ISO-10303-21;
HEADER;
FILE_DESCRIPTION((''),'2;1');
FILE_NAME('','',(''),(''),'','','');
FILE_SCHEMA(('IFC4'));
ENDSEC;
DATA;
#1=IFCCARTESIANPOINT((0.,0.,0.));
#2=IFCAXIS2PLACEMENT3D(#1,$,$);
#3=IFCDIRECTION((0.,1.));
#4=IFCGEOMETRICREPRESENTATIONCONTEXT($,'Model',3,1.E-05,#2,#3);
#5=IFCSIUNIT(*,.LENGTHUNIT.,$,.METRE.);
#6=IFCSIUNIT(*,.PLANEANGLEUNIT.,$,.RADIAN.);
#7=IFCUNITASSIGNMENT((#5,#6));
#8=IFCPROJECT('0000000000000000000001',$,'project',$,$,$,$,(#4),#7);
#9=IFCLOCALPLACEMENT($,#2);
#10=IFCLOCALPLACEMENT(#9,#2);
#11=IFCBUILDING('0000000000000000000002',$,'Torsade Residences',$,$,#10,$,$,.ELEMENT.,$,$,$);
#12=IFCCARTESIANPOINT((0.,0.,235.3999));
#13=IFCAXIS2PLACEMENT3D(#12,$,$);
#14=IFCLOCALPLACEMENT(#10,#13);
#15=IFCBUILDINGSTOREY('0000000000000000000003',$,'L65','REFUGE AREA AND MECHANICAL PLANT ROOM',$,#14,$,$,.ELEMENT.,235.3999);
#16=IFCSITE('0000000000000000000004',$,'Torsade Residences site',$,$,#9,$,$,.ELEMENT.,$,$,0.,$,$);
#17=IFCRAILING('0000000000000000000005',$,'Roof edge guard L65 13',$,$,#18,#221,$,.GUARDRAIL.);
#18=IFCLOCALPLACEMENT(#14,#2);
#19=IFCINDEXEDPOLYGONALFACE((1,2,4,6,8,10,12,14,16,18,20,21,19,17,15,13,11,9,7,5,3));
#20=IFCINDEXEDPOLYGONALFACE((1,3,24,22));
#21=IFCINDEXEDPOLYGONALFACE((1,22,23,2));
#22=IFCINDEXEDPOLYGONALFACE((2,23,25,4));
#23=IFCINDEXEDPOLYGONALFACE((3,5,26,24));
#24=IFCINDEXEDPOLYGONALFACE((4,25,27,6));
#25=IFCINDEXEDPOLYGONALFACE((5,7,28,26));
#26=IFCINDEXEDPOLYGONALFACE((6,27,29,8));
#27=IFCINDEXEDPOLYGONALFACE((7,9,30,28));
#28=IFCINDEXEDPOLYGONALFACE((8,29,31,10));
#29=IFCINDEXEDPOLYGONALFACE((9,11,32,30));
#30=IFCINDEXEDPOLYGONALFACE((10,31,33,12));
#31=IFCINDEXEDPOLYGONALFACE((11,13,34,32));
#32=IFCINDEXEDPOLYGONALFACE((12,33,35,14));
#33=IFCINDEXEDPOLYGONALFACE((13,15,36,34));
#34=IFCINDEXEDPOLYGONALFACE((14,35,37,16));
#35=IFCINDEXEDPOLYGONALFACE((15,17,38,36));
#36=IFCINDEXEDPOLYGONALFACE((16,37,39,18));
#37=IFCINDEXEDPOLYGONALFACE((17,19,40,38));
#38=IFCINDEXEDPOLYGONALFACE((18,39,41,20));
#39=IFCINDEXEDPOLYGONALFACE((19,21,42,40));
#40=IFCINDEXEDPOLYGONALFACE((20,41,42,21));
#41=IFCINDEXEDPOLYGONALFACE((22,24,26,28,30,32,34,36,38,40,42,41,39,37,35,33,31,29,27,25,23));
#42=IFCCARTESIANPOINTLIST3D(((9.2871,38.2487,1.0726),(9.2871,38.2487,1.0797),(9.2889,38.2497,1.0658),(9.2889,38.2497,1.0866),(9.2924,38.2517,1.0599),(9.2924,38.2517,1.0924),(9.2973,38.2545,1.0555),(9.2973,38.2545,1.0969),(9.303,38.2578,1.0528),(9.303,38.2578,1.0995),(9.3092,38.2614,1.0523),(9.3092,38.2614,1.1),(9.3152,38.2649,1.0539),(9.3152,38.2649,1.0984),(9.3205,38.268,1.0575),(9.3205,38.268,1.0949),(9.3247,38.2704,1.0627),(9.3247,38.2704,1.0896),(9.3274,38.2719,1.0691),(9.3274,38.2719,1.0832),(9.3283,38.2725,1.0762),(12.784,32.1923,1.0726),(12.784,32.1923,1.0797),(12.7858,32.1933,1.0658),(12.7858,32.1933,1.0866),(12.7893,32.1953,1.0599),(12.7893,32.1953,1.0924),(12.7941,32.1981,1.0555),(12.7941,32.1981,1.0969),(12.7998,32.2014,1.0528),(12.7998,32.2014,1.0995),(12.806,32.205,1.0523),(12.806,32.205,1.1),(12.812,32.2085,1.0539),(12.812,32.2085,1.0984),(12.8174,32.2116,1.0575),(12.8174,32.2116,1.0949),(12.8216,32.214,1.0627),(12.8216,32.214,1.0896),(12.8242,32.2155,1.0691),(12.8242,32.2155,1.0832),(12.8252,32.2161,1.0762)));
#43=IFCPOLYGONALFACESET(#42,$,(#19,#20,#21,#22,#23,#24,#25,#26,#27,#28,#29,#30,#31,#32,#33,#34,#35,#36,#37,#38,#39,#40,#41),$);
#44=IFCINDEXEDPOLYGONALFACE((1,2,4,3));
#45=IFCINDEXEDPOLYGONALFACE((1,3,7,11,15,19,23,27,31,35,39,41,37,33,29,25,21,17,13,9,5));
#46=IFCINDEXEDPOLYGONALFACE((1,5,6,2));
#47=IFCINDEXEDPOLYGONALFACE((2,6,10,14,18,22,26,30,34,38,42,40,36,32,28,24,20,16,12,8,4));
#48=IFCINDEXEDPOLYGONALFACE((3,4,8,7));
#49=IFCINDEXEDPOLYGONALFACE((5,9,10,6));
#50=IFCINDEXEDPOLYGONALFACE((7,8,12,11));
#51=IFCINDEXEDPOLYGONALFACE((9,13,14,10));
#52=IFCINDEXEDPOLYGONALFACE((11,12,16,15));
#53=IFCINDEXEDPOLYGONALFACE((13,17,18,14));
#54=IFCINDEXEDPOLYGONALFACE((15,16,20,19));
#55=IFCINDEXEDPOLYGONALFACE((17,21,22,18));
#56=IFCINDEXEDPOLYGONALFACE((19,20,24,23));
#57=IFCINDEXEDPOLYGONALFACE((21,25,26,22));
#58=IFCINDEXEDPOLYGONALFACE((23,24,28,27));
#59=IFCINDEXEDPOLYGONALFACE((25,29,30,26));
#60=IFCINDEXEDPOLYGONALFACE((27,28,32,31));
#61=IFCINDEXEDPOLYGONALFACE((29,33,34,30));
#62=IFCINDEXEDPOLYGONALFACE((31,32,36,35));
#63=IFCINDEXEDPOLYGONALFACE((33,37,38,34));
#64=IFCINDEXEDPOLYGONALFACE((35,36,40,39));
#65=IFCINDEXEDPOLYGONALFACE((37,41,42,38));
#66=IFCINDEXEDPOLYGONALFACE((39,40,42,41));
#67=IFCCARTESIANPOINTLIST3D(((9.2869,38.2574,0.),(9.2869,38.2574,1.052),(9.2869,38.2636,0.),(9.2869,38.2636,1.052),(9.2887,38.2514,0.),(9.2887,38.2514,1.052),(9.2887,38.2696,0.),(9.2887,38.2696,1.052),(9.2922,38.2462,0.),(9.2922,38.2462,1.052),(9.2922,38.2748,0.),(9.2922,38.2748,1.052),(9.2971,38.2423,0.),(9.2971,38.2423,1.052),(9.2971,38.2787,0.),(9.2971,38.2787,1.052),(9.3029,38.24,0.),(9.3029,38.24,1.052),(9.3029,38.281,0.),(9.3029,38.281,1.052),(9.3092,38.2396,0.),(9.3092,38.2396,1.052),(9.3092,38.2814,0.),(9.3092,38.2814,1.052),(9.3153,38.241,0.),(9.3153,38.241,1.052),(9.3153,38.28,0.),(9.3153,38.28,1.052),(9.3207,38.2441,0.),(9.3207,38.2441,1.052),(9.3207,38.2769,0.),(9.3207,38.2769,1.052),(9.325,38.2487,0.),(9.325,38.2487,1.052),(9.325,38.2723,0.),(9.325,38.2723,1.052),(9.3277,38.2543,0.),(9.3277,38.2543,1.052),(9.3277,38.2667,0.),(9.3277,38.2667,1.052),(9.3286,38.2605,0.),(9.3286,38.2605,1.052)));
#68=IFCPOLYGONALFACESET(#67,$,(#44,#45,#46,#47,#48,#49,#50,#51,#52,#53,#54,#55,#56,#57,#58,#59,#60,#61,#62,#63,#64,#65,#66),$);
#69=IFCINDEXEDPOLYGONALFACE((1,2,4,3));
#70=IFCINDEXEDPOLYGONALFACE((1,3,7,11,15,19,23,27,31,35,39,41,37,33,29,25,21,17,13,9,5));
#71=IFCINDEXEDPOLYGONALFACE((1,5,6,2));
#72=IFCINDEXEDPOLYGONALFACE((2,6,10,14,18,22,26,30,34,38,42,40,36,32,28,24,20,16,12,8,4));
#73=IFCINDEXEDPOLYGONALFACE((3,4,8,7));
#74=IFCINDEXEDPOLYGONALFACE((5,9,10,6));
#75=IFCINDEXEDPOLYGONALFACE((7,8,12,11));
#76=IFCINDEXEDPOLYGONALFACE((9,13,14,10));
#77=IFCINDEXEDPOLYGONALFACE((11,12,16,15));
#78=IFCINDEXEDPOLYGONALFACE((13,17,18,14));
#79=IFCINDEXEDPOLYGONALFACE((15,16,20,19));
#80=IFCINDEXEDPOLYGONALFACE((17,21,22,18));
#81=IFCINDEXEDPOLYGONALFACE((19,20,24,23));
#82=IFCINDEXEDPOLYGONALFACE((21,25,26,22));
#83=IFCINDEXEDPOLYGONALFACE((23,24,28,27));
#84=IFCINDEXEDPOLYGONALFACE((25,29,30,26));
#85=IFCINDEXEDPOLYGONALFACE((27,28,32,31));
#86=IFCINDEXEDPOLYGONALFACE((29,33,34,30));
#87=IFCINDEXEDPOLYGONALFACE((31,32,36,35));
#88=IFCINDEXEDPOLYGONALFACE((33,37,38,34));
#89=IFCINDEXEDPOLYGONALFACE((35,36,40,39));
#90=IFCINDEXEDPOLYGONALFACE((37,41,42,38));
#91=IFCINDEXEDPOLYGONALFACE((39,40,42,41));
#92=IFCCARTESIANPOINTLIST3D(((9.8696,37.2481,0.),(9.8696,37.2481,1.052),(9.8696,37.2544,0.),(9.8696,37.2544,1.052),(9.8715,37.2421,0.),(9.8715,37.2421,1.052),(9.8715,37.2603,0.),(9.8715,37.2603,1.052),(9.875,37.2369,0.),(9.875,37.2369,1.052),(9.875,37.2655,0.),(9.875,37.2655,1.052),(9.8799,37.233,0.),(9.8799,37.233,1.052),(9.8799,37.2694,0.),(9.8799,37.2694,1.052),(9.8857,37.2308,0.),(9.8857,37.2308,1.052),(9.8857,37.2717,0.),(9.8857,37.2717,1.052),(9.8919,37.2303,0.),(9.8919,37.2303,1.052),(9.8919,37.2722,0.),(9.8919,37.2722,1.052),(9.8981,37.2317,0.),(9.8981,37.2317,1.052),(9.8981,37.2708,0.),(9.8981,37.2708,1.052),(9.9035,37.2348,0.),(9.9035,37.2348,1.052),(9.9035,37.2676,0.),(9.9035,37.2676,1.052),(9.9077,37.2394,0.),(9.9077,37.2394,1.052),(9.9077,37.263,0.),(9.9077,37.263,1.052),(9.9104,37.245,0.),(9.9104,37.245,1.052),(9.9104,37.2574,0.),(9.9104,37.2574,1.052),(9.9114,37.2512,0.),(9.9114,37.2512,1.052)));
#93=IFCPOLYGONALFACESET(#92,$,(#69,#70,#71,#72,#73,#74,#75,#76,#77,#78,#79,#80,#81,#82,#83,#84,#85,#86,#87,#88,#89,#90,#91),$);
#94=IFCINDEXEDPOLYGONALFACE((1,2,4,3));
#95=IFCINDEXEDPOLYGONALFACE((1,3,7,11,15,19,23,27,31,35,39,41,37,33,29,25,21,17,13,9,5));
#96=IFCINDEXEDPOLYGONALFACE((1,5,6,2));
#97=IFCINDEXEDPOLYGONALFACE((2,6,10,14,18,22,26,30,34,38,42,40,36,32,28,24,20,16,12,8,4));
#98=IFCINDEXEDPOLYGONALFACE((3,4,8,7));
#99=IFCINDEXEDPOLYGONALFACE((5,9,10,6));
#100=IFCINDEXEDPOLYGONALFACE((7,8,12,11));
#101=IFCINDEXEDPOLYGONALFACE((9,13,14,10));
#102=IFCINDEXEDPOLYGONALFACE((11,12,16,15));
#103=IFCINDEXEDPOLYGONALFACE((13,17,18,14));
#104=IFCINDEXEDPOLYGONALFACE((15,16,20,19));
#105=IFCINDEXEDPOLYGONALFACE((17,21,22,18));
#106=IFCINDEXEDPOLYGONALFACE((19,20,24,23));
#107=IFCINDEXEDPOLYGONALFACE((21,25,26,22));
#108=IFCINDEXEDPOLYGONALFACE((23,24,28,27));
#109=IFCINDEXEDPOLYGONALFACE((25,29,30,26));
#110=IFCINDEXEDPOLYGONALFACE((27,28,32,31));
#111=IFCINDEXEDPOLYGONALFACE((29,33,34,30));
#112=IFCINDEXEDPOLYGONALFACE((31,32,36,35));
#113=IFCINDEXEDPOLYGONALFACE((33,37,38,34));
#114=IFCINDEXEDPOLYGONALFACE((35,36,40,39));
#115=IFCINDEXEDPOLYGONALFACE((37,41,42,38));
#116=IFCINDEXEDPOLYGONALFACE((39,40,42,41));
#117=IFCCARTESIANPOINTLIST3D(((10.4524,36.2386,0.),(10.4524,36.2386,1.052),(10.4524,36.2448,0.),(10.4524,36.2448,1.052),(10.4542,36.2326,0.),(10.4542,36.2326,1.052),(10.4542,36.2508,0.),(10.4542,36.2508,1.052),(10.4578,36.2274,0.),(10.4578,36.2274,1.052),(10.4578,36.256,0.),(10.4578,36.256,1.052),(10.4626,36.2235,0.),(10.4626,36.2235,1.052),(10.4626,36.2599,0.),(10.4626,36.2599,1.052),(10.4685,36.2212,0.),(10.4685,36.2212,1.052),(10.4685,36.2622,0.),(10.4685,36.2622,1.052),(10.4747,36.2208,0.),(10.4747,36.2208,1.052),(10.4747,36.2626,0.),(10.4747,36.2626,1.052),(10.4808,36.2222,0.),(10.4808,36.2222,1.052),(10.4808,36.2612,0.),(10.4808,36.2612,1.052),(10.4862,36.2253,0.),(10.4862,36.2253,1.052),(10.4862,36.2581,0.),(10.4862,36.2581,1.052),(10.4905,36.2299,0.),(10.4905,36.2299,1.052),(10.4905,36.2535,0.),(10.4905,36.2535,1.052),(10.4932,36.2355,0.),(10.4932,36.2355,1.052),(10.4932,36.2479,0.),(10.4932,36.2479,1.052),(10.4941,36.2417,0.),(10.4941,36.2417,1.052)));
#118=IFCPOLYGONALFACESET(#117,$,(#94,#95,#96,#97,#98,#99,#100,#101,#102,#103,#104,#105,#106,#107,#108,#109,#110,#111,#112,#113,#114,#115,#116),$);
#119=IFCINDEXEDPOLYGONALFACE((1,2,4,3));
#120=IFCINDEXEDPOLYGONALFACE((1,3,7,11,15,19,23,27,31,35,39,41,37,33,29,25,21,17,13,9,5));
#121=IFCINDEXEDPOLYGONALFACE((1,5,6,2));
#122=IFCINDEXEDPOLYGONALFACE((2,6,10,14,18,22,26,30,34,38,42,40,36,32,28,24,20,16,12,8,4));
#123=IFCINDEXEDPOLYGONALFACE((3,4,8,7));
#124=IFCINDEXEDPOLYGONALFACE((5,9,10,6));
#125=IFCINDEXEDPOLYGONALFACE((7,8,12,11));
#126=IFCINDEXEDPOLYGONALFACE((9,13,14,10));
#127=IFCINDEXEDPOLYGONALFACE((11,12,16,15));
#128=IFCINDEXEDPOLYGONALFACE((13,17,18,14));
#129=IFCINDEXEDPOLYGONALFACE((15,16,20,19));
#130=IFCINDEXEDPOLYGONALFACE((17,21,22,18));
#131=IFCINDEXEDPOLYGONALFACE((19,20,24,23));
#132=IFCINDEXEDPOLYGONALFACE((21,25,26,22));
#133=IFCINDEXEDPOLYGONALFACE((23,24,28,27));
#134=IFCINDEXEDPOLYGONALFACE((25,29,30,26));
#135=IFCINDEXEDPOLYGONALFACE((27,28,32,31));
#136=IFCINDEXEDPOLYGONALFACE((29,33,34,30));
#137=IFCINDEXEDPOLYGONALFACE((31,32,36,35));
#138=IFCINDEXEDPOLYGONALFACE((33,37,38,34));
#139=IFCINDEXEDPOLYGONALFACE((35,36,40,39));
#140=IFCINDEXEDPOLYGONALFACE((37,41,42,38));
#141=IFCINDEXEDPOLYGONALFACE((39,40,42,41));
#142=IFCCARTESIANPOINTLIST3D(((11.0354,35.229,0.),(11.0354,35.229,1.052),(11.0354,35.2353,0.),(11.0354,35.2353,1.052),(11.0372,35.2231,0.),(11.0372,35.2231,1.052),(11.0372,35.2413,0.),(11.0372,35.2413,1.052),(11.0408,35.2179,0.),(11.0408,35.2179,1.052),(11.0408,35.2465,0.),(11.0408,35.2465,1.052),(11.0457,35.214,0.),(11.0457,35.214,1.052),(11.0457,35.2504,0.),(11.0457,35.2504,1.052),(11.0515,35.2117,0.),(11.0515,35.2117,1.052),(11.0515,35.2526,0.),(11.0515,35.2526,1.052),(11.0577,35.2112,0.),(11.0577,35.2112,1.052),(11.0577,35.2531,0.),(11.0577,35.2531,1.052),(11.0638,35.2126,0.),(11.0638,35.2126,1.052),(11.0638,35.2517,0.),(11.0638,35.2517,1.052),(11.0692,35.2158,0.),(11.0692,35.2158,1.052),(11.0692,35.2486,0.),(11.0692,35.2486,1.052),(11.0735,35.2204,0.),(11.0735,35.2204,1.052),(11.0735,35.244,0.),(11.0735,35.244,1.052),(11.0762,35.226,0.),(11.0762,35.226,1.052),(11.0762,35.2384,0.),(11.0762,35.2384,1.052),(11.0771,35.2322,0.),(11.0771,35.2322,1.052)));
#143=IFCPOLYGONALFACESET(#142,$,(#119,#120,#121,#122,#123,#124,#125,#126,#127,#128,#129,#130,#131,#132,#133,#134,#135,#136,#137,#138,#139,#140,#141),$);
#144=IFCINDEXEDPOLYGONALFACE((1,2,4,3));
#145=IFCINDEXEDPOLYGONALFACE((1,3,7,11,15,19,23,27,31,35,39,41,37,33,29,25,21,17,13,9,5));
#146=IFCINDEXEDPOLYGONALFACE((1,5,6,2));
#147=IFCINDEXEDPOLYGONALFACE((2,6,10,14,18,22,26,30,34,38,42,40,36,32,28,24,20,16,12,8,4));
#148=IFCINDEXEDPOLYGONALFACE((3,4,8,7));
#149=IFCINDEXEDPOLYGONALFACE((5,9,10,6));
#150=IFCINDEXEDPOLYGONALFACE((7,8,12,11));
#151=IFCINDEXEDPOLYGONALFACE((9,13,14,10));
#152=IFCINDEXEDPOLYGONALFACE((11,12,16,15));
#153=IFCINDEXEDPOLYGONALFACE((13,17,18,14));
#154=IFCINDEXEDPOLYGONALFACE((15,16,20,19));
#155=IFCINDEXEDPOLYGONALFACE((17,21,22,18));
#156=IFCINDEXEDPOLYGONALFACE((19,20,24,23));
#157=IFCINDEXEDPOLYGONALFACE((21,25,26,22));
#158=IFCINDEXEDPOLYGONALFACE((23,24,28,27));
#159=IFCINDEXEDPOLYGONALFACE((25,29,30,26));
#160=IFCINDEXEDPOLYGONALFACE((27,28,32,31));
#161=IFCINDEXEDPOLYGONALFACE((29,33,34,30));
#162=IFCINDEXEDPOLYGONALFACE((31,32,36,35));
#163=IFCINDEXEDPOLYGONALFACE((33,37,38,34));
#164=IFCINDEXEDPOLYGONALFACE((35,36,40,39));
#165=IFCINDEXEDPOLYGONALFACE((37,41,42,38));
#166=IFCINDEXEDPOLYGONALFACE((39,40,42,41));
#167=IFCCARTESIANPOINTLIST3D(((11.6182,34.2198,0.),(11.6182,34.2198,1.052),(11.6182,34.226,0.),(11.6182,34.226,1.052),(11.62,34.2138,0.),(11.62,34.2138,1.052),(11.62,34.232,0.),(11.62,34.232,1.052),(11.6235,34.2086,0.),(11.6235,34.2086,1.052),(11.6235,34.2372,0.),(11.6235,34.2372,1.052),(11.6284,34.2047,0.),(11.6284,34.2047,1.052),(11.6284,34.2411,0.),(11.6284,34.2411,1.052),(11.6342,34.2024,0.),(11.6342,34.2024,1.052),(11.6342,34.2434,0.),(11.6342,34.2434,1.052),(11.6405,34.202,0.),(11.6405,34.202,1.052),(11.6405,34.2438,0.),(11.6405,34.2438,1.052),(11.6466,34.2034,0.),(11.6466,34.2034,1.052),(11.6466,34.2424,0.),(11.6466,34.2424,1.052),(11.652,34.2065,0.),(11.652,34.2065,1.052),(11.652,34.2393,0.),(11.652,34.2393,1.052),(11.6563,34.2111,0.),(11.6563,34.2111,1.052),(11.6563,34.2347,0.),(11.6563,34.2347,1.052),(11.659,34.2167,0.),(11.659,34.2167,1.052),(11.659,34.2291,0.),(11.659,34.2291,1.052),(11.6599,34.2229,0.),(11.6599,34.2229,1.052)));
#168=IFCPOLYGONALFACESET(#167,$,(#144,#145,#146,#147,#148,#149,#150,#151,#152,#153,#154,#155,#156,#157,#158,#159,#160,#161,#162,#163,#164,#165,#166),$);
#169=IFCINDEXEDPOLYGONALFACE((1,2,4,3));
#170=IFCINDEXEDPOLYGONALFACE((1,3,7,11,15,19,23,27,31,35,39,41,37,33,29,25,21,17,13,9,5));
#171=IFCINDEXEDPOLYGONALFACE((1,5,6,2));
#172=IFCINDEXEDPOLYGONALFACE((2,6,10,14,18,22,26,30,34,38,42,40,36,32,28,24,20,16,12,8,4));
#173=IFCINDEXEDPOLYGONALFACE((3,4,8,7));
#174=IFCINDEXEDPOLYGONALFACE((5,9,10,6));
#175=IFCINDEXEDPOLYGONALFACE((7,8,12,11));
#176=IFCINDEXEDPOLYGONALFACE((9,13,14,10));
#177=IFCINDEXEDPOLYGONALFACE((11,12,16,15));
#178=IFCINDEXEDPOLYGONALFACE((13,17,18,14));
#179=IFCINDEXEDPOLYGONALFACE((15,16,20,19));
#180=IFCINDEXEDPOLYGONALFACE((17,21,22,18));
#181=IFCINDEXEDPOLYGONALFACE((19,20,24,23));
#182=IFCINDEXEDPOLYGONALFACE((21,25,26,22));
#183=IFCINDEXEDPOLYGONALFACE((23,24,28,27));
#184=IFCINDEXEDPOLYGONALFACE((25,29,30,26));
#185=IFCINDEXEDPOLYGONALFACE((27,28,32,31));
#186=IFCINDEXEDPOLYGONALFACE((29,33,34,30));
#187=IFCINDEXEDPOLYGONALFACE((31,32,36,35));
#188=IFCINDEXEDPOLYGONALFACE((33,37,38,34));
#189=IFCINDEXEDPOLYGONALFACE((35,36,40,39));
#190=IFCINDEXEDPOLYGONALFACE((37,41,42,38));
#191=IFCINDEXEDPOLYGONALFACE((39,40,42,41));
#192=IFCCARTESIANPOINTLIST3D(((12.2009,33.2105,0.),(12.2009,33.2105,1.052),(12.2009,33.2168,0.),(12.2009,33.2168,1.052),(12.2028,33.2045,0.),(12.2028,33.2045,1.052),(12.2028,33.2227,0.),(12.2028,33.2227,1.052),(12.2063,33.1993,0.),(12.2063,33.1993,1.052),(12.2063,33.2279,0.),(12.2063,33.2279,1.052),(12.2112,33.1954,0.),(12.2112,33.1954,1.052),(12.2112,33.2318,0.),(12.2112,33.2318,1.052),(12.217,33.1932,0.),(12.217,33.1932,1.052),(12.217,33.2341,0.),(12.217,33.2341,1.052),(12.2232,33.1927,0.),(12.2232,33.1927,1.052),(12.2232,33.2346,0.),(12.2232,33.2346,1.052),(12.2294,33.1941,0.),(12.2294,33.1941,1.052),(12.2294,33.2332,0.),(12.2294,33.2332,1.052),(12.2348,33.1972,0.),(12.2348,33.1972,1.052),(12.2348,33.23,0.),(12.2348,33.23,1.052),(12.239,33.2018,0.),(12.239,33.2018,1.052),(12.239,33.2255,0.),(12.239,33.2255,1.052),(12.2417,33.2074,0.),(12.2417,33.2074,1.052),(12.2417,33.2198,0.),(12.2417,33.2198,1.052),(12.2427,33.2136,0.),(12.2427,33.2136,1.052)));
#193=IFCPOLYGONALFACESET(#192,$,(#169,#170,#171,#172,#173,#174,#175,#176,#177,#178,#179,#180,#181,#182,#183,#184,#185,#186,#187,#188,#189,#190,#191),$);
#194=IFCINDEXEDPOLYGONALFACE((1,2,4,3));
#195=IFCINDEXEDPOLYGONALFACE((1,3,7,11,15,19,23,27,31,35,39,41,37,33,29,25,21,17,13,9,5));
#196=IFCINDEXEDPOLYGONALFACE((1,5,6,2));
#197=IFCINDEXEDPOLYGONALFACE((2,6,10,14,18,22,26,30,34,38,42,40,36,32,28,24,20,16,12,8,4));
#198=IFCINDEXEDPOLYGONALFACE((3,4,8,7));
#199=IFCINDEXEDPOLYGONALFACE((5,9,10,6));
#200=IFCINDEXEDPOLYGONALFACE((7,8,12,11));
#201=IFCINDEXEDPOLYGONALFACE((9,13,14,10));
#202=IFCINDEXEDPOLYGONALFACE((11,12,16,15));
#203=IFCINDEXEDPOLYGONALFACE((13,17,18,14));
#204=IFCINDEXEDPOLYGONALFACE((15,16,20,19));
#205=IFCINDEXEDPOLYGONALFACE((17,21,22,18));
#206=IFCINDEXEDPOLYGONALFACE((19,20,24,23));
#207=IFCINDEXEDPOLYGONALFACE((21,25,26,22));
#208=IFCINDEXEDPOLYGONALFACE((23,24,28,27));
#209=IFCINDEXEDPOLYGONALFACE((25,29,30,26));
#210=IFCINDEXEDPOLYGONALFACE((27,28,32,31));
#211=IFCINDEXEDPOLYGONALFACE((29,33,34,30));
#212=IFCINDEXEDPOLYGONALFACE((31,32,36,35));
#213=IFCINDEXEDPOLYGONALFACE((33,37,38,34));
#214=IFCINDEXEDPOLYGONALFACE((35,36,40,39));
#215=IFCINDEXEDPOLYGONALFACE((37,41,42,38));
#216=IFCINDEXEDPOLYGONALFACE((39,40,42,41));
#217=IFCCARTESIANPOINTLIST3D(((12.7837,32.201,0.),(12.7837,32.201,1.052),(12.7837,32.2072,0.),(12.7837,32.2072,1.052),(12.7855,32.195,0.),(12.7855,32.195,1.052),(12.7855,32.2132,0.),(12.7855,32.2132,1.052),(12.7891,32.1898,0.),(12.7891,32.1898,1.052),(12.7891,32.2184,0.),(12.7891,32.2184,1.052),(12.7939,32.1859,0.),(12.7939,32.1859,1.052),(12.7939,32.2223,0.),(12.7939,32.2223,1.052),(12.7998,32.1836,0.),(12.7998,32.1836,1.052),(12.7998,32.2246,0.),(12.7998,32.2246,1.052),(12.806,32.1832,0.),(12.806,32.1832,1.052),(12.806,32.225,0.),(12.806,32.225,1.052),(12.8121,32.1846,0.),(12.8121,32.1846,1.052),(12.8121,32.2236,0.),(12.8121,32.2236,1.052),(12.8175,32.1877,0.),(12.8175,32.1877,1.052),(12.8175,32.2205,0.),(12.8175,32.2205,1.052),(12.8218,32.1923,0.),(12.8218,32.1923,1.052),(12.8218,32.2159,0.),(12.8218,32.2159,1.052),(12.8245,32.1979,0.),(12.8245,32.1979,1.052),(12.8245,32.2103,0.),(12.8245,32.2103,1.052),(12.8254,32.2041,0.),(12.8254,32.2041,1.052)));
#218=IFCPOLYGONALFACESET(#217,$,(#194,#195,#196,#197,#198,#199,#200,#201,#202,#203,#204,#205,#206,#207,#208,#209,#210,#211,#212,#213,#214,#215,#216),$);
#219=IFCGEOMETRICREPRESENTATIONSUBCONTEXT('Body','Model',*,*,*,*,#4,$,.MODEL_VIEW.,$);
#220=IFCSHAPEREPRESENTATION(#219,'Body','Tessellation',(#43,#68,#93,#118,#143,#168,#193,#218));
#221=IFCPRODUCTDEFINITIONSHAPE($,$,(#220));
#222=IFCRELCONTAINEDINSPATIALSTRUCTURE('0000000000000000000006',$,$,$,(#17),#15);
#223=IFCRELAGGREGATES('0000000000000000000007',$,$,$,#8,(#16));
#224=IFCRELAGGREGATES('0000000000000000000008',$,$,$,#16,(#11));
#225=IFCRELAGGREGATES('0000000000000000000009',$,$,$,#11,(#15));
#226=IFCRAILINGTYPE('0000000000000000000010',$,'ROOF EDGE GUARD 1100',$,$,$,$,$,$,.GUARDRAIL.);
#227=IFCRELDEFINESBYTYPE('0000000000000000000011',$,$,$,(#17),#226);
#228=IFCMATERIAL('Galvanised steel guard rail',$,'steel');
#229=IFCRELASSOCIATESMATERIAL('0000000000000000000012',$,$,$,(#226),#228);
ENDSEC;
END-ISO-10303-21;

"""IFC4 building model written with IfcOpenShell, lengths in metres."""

from ifc_helpers import new_model, si_unit, direction, frame, origin, origin_2d, place, context, subcontext, project, spatial, circle, extrude, material, type_object, element, save


model = new_model("IFC4")

# Units and contexts
model_context = context("Model", 3, precision=1e-05, world=origin(), true_north=direction((0.0, 1.0)))
body_context = subcontext(model_context, "Body", "Model", "MODEL_VIEW")
ifc_project = project(units=[si_unit("LENGTHUNIT", "METRE"), si_unit("PLANEANGLEUNIT", "RADIAN")], contexts=[model_context])

# Site, building, storey
site_placement = place(None, origin())
site = spatial("IfcSite", under=ifc_project, at=site_placement, Name="Torsade Residences site", CompositionType="ELEMENT", RefElevation=0.0)
building_placement = place(site_placement, origin())
building = spatial("IfcBuilding", under=site, at=building_placement, Name="Torsade Residences", CompositionType="ELEMENT")
storey_placement = place(building_placement, frame((0.0, 0.0, 235.3999)))
storey = spatial("IfcBuildingStorey", under=building, at=storey_placement, Name="L65", Description="REFUGE AREA AND MECHANICAL PLANT ROOM", CompositionType="ELEMENT", Elevation=235.3999)

# Railing
ifc_material_1 = material(Name="Galvanised steel guard rail", Category="steel")
railing_type = type_object("IfcRailingType", Name="ROOF EDGE GUARD 1100", PredefinedType="GUARDRAIL", material=ifc_material_1)
railing_1_placement = place(storey_placement, frame((9.3076, 38.2605, 0.0)))
element("IfcRailing", 1, at=railing_1_placement, inside=storey, type_object=railing_type, Name="Roof edge guard L65 13", PredefinedType="GUARDRAIL", context=body_context, shape_type="SweptSolid", body=[
    extrude(circle(Radius=0.0239, at=origin_2d()), frame((0.0, 0.0, 1.0762), z_axis=(0.500018, -0.866015, 0.0), x_axis=(0.866015, 0.500018, 0.0)), (0.0, 0.0, 1.0), 6.9934),
    extrude(circle(Radius=0.021, at=origin_2d()), origin(), (0.0, 0.0, 1.0), 1.052),
    extrude(circle(Radius=0.021, at=origin_2d()), frame((0.5828, -1.0093, 0.0)), (0.0, 0.0, 1.0), 1.052),
    extrude(circle(Radius=0.021, at=origin_2d()), frame((1.1655, -2.0188, 0.0)), (0.0, 0.0, 1.0), 1.052),
    extrude(circle(Radius=0.021, at=origin_2d()), frame((1.7485, -3.0283, 0.0)), (0.0, 0.0, 1.0), 1.052),
    extrude(circle(Radius=0.021, at=origin_2d()), frame((2.3313, -4.0376, 0.0)), (0.0, 0.0, 1.0), 1.052),
    extrude(circle(Radius=0.021, at=origin_2d()), frame((2.9141, -5.0469, 0.0)), (0.0, 0.0, 1.0), 1.052),
    extrude(circle(Radius=0.021, at=origin_2d()), frame((3.4968, -6.0564, 0.0)), (0.0, 0.0, 1.0), 1.052),
])

save(model, "model.ifc")
